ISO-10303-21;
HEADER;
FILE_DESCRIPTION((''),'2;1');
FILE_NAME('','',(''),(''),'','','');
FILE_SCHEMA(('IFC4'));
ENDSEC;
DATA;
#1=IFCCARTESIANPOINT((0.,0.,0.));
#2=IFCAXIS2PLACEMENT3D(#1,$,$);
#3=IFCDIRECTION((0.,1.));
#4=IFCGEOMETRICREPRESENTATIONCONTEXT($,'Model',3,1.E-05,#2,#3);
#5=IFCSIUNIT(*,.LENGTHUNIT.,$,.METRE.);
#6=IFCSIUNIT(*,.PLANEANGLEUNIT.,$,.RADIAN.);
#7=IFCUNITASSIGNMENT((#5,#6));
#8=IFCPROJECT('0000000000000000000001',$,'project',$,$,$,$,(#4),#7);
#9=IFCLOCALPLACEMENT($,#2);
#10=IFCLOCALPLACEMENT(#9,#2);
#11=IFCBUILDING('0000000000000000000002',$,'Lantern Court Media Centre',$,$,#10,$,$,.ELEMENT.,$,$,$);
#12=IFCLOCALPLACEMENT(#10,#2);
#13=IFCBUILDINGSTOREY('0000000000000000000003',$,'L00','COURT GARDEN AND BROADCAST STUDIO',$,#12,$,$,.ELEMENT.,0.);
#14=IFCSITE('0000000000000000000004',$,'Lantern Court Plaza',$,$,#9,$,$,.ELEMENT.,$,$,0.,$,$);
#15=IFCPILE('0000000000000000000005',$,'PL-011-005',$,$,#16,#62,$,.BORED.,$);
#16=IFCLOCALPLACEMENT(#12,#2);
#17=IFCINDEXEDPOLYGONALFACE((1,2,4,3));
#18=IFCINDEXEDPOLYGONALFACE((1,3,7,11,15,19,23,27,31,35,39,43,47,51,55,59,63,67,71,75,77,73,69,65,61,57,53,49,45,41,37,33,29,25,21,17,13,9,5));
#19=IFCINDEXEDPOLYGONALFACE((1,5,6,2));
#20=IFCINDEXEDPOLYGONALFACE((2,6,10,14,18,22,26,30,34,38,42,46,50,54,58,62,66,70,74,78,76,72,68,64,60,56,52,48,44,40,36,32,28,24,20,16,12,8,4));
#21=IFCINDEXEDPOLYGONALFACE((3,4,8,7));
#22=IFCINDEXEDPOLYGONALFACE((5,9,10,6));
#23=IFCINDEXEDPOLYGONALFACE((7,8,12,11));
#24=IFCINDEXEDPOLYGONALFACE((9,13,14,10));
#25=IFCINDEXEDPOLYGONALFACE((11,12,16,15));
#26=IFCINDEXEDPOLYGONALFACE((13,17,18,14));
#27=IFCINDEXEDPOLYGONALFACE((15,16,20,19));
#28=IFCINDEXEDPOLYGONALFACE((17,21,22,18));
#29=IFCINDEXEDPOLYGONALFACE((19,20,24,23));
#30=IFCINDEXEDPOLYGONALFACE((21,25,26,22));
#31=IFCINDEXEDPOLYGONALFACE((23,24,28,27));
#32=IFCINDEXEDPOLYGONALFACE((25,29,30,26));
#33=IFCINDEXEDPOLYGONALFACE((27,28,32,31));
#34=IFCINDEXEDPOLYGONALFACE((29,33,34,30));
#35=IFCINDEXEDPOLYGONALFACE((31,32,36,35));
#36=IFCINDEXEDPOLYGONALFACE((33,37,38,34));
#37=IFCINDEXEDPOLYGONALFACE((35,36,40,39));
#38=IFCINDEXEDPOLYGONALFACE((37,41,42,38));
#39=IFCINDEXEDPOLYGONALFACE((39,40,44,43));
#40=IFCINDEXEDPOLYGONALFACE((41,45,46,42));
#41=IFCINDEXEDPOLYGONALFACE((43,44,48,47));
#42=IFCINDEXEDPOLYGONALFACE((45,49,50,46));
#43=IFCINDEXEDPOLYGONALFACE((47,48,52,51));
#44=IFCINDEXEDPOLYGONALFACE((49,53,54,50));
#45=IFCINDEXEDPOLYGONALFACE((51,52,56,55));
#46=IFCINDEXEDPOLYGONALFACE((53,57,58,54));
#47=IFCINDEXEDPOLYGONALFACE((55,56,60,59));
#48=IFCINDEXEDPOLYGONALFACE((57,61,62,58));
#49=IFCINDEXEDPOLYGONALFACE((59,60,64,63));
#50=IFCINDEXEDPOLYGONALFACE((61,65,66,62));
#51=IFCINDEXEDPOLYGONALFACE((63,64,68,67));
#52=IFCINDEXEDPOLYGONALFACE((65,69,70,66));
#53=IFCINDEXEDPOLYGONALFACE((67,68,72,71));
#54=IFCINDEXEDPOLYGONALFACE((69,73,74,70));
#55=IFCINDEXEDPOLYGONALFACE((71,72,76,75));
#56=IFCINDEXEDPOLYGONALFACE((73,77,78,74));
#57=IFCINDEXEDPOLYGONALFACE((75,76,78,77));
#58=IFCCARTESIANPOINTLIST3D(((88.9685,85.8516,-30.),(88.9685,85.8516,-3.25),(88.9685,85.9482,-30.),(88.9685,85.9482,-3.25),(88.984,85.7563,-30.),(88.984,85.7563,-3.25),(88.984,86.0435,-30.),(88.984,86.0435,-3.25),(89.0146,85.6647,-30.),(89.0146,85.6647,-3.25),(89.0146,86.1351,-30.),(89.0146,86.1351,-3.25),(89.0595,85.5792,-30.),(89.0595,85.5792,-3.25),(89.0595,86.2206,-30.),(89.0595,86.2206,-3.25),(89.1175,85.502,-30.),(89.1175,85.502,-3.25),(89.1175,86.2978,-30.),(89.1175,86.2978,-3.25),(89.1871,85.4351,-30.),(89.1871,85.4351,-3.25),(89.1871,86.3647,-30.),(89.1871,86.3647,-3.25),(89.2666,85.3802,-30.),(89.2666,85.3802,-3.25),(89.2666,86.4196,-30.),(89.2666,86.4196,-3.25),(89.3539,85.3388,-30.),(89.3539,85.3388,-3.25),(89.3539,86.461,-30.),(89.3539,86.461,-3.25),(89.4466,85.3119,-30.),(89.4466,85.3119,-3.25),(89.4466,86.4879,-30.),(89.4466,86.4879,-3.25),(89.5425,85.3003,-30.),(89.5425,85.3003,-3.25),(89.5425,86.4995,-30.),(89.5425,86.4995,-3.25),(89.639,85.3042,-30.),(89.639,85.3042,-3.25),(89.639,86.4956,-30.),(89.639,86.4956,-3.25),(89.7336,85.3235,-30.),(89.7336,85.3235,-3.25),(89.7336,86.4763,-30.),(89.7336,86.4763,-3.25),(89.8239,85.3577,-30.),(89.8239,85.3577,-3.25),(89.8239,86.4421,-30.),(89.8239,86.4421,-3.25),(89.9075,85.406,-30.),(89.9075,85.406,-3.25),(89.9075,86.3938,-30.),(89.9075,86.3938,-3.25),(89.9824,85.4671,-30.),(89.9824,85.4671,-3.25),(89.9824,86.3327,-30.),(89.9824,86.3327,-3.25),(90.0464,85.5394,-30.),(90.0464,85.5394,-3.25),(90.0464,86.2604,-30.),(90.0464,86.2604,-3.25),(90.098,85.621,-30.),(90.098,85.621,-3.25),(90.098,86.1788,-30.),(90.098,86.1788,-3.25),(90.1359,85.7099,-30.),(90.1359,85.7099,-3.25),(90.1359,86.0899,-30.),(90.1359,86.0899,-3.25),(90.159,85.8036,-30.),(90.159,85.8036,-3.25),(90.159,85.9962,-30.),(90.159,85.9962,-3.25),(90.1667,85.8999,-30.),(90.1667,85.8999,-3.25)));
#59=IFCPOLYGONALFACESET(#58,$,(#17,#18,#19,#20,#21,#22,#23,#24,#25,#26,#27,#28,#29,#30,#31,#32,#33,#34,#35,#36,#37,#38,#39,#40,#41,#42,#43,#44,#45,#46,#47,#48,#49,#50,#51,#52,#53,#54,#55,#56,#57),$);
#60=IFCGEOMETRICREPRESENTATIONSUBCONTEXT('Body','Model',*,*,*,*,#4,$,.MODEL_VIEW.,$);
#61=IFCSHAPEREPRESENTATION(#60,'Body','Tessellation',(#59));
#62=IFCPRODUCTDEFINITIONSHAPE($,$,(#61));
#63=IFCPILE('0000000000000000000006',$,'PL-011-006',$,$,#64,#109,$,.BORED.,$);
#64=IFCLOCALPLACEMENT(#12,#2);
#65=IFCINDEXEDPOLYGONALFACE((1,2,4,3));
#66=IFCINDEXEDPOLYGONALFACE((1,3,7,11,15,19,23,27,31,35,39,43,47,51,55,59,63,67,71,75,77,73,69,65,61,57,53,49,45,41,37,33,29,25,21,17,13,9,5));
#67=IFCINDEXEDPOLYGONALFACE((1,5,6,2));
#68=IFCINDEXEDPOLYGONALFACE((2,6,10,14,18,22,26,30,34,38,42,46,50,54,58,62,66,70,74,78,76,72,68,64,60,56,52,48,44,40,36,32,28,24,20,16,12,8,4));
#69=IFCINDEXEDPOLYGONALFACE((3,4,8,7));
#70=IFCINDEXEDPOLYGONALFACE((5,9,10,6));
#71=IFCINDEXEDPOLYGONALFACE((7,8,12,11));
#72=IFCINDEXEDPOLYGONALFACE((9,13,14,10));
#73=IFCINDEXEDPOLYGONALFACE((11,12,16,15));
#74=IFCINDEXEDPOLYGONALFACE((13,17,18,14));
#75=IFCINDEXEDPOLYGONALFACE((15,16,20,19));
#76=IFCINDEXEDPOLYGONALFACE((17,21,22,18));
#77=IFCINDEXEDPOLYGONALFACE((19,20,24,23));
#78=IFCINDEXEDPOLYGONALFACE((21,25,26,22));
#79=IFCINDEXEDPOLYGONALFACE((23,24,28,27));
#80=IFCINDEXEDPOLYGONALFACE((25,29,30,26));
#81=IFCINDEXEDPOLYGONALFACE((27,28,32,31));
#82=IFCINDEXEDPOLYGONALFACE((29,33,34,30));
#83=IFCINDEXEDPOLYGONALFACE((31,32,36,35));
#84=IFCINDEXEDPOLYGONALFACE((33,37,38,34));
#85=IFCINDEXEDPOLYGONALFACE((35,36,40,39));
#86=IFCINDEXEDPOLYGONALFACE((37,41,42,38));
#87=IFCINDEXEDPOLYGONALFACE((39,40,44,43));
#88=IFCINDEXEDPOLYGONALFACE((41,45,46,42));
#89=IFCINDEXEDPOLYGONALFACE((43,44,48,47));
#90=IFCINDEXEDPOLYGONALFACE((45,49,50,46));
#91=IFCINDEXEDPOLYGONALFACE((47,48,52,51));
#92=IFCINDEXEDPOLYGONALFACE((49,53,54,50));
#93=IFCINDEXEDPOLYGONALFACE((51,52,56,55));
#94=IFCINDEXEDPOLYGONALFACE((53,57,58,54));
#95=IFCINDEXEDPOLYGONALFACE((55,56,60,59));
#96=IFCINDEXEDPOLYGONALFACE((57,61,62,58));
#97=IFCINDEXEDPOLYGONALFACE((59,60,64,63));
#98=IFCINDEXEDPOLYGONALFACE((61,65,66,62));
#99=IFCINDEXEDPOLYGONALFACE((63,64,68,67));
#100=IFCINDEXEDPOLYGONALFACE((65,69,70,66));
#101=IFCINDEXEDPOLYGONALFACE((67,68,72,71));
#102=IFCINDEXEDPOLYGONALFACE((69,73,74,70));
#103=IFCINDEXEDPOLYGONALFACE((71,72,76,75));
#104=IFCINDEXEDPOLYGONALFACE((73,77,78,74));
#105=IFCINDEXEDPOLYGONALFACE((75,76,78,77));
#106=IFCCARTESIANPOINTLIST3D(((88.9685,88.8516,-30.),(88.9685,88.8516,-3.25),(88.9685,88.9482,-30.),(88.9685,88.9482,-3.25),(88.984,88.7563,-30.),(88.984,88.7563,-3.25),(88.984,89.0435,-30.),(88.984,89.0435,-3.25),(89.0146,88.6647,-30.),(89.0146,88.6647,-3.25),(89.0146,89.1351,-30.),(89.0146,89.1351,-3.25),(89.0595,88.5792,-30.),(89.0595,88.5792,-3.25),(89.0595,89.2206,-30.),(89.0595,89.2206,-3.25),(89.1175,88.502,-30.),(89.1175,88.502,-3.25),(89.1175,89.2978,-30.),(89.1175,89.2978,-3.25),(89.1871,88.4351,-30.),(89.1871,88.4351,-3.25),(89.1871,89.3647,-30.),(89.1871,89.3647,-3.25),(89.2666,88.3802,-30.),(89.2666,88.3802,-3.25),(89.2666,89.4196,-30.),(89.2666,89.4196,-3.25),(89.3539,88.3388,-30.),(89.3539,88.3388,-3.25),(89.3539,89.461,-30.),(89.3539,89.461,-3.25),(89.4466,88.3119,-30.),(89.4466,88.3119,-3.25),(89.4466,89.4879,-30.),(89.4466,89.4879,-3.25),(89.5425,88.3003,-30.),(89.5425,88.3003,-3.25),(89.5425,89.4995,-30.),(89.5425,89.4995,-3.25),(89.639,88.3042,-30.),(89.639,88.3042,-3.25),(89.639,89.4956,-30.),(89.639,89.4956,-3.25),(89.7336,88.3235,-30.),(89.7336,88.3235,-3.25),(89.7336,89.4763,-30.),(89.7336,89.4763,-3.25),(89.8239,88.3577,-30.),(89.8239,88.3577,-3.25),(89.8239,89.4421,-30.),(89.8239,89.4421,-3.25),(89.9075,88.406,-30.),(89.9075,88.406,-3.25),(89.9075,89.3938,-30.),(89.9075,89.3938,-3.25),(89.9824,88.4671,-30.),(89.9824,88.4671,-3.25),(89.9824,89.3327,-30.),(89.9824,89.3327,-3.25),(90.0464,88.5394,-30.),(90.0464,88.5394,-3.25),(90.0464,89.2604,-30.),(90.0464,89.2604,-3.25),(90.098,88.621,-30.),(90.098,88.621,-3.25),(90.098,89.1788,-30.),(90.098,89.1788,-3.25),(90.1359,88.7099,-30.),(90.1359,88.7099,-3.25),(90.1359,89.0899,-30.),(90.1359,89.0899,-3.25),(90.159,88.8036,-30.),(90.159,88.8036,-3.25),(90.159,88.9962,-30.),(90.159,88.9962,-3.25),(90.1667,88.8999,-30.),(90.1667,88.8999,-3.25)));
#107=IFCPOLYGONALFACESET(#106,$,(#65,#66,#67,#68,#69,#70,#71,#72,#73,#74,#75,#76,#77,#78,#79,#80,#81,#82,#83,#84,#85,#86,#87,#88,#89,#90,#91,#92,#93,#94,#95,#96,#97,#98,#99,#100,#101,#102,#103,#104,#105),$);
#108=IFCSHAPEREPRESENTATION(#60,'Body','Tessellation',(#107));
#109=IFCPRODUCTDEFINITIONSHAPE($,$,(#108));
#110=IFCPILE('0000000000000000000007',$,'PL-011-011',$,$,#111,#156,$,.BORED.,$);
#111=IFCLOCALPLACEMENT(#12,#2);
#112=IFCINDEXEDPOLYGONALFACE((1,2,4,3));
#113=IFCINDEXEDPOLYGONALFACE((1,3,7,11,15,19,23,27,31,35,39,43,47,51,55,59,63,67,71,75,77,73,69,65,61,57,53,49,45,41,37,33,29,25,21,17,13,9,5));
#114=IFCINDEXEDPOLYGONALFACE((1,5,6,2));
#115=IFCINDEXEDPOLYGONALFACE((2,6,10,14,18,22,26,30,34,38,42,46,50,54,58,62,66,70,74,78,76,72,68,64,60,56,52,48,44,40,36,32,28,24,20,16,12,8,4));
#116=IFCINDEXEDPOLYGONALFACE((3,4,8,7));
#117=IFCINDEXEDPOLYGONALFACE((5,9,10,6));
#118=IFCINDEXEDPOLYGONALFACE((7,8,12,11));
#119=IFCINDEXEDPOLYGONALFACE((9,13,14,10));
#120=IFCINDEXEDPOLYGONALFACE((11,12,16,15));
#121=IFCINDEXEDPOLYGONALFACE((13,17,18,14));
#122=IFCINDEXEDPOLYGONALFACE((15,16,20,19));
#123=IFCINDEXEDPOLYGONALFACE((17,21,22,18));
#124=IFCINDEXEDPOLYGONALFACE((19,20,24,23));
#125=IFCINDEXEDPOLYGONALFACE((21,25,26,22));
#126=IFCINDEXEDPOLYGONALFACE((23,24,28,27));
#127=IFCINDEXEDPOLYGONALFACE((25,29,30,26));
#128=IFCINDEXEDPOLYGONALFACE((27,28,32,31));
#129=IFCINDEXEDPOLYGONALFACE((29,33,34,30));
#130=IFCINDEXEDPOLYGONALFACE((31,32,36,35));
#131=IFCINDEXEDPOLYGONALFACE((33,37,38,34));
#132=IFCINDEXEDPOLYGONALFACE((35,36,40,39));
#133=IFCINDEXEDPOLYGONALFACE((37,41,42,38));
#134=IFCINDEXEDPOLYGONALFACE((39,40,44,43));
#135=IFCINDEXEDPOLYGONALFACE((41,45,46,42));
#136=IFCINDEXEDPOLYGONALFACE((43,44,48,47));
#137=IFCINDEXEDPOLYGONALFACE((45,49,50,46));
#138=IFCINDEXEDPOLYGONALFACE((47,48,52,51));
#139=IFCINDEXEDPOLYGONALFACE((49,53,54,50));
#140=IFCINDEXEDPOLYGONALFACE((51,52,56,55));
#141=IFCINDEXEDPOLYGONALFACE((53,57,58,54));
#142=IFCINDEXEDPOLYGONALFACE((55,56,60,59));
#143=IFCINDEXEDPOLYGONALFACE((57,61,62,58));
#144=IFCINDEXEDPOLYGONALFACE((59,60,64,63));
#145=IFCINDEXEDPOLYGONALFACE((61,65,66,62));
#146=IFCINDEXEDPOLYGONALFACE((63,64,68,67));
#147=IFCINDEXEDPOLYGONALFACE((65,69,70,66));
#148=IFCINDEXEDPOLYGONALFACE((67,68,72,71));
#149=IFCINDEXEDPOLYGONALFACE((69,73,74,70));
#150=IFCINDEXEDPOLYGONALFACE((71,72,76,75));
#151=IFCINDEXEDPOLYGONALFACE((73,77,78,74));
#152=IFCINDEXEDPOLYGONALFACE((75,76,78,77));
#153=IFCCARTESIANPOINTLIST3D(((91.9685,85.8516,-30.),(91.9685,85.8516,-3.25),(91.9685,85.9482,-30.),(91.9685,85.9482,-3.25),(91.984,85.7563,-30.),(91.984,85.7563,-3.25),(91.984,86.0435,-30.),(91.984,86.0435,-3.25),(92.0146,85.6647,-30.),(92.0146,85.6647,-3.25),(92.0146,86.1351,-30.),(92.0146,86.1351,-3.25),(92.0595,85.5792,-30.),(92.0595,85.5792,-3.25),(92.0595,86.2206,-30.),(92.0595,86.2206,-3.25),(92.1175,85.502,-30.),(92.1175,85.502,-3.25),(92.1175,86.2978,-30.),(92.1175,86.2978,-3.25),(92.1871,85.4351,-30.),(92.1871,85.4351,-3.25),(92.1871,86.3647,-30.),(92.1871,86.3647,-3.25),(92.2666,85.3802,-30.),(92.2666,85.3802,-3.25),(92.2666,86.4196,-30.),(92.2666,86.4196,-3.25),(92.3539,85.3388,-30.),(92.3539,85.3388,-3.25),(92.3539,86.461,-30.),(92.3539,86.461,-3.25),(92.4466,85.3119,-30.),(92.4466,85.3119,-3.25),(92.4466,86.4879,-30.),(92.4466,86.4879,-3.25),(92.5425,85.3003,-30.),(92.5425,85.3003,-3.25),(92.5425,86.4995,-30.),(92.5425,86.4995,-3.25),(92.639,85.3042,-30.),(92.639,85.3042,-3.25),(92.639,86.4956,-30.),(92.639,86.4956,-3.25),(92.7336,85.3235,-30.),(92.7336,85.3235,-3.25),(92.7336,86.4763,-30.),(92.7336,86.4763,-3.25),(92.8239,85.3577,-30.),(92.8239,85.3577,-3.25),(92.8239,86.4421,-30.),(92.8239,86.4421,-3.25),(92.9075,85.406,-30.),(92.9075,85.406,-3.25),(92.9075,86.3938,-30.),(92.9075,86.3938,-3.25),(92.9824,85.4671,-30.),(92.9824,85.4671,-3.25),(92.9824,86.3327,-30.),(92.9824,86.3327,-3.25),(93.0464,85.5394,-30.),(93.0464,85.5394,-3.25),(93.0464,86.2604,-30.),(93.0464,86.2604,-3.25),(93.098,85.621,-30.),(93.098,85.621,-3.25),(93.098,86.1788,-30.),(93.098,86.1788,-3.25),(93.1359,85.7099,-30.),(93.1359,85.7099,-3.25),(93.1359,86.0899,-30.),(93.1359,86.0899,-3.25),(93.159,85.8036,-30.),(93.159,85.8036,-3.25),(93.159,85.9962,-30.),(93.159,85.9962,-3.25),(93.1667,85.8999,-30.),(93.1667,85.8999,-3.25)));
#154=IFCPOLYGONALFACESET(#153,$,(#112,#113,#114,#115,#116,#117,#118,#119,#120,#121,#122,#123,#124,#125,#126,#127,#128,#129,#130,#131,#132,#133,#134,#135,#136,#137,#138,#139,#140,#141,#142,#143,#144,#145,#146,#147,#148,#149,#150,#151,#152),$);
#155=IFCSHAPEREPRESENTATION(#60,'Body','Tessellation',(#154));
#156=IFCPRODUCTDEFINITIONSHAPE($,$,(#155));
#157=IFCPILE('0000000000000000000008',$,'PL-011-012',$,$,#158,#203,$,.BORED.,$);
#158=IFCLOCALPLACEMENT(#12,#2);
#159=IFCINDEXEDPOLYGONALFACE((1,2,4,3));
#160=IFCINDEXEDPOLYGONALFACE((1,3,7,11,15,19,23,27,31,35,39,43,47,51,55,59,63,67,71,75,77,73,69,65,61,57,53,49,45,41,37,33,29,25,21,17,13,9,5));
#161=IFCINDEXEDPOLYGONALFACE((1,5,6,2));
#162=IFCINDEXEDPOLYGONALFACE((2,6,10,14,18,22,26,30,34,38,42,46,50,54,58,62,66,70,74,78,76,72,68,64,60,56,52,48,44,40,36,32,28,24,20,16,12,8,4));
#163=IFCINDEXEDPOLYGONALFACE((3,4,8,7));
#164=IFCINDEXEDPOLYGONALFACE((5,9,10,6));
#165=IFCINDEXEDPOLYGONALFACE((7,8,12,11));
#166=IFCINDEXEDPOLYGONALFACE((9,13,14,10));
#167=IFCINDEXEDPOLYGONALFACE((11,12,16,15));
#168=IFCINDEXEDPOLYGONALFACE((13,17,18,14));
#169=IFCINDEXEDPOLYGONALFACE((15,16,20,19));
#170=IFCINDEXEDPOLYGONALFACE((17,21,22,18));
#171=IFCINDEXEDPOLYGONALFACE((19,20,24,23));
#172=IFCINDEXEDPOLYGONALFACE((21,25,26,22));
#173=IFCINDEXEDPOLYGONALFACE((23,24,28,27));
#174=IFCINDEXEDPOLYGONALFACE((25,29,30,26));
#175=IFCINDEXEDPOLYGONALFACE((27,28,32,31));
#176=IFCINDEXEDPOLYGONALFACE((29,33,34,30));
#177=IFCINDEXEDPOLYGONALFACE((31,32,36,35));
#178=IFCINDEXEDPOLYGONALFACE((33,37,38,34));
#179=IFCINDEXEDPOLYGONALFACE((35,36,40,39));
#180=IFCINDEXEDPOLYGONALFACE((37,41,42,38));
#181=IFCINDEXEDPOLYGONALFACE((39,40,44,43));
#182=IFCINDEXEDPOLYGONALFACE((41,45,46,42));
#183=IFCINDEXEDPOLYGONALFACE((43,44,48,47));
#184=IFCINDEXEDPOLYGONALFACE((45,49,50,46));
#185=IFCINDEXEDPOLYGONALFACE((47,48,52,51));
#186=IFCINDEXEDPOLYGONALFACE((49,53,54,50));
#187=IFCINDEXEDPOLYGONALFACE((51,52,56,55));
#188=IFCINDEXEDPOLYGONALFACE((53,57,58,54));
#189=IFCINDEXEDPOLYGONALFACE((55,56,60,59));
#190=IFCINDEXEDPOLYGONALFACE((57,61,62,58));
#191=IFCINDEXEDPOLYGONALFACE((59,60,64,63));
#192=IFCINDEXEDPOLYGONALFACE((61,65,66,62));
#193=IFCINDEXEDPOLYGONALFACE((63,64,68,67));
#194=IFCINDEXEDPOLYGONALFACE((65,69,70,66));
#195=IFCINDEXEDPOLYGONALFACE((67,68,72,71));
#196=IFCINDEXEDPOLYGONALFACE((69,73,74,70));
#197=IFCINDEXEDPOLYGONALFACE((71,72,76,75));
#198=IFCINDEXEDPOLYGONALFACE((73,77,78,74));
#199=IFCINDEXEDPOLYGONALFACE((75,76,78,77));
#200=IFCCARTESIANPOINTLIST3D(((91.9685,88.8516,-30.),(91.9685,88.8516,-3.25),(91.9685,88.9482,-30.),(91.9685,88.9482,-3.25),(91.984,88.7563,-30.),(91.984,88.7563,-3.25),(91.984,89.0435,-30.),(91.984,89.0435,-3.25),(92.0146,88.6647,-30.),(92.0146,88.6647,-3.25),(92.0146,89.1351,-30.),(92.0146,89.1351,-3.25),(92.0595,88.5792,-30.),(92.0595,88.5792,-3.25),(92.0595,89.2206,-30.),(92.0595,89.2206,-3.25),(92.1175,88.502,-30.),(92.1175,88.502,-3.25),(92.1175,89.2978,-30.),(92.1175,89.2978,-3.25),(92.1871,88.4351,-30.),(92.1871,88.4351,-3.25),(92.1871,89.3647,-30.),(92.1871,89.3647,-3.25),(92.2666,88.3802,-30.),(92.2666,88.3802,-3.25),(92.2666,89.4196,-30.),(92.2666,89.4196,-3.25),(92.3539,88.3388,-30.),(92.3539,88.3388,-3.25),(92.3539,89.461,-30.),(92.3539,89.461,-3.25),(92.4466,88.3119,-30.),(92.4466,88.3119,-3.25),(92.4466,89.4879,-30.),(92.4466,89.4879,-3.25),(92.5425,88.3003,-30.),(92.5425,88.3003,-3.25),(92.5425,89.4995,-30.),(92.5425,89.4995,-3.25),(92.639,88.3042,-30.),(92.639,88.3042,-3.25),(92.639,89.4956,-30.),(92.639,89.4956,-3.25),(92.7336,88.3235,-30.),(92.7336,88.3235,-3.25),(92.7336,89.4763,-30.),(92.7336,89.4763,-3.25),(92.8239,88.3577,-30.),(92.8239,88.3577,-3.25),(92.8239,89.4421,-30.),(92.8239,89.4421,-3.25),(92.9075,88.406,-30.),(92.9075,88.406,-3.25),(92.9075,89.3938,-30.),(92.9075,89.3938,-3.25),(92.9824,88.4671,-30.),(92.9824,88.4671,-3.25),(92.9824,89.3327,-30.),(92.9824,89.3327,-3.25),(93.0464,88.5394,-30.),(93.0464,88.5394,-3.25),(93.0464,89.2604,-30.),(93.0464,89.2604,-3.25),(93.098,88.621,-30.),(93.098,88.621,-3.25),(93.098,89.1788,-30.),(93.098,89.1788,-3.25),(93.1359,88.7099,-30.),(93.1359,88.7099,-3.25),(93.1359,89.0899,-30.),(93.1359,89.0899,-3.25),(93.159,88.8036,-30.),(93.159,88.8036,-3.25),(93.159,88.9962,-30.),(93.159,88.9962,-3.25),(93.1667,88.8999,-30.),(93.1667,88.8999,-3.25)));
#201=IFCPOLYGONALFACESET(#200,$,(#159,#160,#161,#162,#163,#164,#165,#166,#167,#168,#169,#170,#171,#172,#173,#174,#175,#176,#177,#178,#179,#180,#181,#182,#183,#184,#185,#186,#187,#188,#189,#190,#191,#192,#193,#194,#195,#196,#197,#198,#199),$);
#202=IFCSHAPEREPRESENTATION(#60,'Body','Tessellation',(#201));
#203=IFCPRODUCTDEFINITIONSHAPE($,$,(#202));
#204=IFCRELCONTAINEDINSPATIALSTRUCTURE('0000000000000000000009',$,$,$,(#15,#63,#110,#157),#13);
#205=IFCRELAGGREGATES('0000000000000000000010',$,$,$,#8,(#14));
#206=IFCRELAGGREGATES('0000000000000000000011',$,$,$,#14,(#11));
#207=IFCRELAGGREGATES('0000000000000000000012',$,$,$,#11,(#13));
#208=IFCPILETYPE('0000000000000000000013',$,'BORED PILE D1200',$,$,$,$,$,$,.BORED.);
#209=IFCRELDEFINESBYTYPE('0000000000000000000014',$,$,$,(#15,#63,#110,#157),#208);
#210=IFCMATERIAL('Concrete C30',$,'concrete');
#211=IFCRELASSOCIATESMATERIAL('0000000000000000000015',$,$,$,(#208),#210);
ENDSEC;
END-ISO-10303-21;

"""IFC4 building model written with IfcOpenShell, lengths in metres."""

from ifc_helpers import new_model, si_unit, direction, frame, origin, origin_2d, place, context, subcontext, project, spatial, circle, extrude, material, material_profile, profile_set, type_object, element, save


model = new_model("IFC4")

# Units and contexts
model_context = context("Model", 3, precision=1e-05, world=origin(), true_north=direction((0.0, 1.0)))
body_context = subcontext(model_context, "Body", "Model", "MODEL_VIEW")
ifc_project = project(units=[si_unit("LENGTHUNIT", "METRE"), si_unit("PLANEANGLEUNIT", "RADIAN")], contexts=[model_context])

# Site, building, storey
site_placement = place(None, origin())
site = spatial("IfcSite", under=ifc_project, at=site_placement, Name="Lantern Court Plaza", CompositionType="ELEMENT", RefElevation=0.0)
building_placement = place(site_placement, origin())
building = spatial("IfcBuilding", under=site, at=building_placement, Name="Lantern Court Media Centre", CompositionType="ELEMENT")
storey_placement = place(building_placement, origin())
storey = spatial("IfcBuildingStorey", under=building, at=storey_placement, Name="L00", Description="COURT GARDEN AND BROADCAST STUDIO", CompositionType="ELEMENT", Elevation=0.0)

# Piles
ifc_material_1 = material(Name="Concrete C30", Category="concrete")
ifc_material_profile_1 = material_profile(ifc_material_1, circle(Radius=0.6001, at=origin_2d()), Name="D1200")
ifc_profile_set_1 = profile_set([ifc_material_profile_1], Name="Concrete C30")
pile_type = type_object("IfcPileType", Name="BORED PILE D1200", PredefinedType="BORED", material=ifc_profile_set_1)
for number, where, z_axis, x_axis, name in (
    (1, (89.5667, 85.8999, -3.25), (0.0, 0.0, -1.0), (1.0, 0.0, 0.0), "PL-011-005"),
    (2, (89.5667, 88.8999, -3.25), (0.0, 0.0, -1.0), (1.0, 0.0, 0.0), "PL-011-006"),
    (3, (92.5667, 85.8999, -3.25), (0.0, 0.0, -1.0), (1.0, 0.0, 0.0), "PL-011-011"),
    (4, (92.5667, 88.8999, -3.25), (0.0, 0.0, -1.0), (1.0, 0.0, 0.0), "PL-011-012"),
):
    element("IfcPile", number, at=place(storey_placement, frame(where, z_axis=z_axis, x_axis=x_axis)), inside=storey, type_object=pile_type, Name=name, PredefinedType="BORED", context=body_context, shape_type="SweptSolid", body=[
        extrude(circle(Radius=0.6001, at=origin_2d()), origin(), (0.0, 0.0, 1.0), 26.75),
    ])

save(model, "model.ifc")
